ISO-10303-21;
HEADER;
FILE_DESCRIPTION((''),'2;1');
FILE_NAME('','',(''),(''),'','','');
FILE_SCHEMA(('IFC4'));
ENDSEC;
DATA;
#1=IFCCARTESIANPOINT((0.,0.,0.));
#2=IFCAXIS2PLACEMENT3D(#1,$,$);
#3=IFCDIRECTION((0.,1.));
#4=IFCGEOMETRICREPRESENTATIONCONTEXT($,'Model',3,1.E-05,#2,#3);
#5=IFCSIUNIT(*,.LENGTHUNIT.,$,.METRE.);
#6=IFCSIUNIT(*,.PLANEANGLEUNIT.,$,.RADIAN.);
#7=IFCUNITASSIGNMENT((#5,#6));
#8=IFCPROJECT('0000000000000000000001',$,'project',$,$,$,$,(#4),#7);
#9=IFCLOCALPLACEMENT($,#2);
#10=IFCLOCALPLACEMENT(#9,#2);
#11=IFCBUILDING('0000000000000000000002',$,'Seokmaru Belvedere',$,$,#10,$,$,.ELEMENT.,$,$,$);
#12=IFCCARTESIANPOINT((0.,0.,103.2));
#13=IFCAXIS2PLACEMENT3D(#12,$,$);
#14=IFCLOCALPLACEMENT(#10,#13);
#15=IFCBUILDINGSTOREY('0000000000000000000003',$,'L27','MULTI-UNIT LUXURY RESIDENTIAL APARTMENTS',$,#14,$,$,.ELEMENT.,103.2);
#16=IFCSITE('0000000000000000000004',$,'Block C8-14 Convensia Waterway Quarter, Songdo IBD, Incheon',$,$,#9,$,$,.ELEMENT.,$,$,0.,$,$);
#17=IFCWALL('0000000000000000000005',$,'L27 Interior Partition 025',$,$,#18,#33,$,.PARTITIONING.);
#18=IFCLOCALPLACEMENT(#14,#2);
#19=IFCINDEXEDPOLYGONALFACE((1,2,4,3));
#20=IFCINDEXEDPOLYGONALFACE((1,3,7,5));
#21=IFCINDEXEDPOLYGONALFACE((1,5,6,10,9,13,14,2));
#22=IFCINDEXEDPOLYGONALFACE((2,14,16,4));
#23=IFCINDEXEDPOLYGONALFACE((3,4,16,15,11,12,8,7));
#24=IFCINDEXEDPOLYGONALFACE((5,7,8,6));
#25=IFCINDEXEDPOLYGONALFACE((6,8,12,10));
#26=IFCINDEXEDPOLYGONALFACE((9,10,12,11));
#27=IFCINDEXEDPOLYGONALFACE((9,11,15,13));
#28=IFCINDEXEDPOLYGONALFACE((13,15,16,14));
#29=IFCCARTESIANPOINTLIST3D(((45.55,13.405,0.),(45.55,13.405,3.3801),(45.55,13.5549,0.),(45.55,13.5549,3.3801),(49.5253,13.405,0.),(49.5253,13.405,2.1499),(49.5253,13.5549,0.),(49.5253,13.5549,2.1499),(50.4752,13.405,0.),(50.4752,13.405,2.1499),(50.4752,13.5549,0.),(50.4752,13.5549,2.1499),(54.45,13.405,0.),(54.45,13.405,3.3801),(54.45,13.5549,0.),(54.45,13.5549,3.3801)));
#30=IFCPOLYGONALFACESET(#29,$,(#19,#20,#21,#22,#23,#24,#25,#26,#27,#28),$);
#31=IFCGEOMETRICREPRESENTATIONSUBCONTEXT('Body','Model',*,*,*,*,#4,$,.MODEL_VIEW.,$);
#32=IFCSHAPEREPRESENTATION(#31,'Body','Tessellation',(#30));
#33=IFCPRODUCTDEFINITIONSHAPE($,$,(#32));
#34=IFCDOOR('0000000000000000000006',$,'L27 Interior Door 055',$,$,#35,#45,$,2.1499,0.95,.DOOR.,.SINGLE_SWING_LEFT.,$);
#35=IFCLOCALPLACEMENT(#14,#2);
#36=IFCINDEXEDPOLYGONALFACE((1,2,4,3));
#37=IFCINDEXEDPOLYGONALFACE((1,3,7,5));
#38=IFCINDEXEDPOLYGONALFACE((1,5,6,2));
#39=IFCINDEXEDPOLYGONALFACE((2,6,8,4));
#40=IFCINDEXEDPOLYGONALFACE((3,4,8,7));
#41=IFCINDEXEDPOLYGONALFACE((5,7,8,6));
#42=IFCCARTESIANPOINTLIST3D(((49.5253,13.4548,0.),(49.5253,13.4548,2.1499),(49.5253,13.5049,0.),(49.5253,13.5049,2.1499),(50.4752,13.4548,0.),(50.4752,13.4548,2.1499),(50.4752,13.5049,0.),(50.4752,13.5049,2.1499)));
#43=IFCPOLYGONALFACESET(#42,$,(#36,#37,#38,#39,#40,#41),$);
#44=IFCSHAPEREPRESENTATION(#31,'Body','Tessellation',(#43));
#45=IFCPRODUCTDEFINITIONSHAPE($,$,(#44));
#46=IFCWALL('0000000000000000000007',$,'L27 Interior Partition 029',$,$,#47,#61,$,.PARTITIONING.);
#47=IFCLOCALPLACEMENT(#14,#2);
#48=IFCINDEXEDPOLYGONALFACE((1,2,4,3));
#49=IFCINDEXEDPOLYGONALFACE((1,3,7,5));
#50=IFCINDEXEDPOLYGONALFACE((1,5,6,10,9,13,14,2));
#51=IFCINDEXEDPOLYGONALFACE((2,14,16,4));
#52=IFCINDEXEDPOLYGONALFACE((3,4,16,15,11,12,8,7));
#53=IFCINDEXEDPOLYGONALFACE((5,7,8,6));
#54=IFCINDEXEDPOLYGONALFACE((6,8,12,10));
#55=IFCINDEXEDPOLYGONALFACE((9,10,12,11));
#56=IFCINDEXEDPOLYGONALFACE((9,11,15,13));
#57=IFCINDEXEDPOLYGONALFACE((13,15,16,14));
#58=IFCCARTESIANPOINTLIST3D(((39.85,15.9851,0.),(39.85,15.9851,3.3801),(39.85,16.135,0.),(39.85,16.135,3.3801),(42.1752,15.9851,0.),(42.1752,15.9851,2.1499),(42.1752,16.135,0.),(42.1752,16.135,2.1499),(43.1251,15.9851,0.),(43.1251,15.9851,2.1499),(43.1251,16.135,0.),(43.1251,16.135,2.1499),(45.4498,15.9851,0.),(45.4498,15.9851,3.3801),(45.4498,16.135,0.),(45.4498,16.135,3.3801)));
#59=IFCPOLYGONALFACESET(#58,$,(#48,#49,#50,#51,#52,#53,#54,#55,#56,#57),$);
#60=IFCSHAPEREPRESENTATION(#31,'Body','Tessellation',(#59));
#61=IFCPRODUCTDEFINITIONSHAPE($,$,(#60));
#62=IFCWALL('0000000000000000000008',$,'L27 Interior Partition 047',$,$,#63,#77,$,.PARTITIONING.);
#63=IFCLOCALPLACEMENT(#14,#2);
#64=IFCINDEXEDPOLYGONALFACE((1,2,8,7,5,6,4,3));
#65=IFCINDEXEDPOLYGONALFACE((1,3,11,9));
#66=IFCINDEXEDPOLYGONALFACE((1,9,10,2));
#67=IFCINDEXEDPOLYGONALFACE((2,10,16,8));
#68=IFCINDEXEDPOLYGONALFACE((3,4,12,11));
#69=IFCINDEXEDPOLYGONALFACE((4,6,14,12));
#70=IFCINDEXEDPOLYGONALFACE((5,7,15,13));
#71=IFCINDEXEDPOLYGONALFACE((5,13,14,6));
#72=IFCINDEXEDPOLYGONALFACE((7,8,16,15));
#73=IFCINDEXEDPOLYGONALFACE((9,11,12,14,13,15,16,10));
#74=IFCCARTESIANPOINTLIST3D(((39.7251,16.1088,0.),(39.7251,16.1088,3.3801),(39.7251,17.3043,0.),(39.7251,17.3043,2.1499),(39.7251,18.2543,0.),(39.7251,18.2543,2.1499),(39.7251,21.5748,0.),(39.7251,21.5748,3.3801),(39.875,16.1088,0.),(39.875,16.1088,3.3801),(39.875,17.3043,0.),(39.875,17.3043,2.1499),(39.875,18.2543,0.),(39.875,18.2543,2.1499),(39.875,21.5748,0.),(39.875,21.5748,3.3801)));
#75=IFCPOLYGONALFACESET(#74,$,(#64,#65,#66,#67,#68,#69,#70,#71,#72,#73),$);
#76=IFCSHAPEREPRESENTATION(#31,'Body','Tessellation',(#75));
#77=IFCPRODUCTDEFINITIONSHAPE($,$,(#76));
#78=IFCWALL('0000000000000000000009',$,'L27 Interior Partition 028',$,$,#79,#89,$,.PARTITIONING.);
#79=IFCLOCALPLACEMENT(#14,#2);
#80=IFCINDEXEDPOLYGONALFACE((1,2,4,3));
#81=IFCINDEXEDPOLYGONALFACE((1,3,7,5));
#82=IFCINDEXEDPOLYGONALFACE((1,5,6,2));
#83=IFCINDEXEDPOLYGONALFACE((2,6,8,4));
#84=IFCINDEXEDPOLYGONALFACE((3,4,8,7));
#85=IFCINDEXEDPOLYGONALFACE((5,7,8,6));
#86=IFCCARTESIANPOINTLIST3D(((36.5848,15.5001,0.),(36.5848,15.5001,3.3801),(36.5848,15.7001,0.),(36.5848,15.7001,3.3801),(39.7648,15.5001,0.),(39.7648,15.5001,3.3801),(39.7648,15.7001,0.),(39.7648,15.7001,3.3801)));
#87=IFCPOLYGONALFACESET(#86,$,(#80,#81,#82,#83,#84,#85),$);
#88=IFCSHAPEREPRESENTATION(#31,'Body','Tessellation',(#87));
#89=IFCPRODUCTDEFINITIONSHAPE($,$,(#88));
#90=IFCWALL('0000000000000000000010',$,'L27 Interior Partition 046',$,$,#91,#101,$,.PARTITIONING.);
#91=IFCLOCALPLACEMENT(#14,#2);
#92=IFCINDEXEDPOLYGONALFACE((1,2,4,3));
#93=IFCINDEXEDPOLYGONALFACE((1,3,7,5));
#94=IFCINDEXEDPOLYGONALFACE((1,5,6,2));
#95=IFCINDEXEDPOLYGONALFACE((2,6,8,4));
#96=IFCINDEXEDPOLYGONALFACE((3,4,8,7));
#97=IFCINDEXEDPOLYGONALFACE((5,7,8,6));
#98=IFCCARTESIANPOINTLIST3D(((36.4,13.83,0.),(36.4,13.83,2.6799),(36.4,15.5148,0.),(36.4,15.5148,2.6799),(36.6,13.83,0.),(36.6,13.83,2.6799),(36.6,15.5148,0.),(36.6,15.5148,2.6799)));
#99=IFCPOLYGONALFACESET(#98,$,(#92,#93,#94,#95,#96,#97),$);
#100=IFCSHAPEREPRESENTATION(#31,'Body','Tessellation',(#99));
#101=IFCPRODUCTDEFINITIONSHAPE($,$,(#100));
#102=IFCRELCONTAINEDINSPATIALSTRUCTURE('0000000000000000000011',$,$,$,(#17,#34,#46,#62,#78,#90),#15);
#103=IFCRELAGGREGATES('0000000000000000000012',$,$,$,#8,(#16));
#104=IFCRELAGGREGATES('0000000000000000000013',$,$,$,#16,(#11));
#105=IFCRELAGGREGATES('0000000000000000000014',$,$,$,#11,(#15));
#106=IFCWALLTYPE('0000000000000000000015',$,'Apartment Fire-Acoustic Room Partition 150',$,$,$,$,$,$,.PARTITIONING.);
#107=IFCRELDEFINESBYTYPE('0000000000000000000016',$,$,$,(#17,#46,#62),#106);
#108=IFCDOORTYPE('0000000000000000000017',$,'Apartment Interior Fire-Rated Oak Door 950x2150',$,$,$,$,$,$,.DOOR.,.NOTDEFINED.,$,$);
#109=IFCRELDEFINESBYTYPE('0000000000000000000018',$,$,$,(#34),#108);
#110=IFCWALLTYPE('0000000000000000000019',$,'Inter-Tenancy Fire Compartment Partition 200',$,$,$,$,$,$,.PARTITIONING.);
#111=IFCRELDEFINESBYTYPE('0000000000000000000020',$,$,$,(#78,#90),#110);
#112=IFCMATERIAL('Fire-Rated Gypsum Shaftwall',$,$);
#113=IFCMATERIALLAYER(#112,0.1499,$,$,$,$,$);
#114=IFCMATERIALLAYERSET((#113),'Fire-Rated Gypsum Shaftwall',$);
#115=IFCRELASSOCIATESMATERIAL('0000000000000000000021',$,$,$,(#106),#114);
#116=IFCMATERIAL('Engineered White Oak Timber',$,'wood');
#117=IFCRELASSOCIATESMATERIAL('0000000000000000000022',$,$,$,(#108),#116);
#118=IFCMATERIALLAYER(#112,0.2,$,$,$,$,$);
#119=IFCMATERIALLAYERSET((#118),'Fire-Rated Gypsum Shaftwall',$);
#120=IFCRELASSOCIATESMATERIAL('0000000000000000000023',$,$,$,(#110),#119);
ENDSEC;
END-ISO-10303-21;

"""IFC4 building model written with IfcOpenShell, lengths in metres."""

from ifc_helpers import new_model, si_unit, direction, frame, frame_2d, origin, place, context, subcontext, project, spatial, rectangle, extrude, source, transform, mapped, material, layer, layer_set, type_object, type_shapes, element, fill, save


model = new_model("IFC4")

# Units and contexts
model_context = context("Model", 3, precision=1e-05, world=origin(), true_north=direction((0.0, 1.0)))
body_context = subcontext(model_context, "Body", "Model", "MODEL_VIEW")
ifc_project = project(units=[si_unit("LENGTHUNIT", "METRE"), si_unit("PLANEANGLEUNIT", "RADIAN")], contexts=[model_context])

# Site, building, storey
site_placement = place(None, origin())
site = spatial("IfcSite", under=ifc_project, at=site_placement, Name="Block C8-14 Convensia Waterway Quarter, Songdo IBD, Incheon", CompositionType="ELEMENT", RefElevation=0.0)
building_placement = place(site_placement, origin())
building = spatial("IfcBuilding", under=site, at=building_placement, Name="Seokmaru Belvedere", CompositionType="ELEMENT")
storey_placement = place(building_placement, frame((0.0, 0.0, 103.2)))
storey = spatial("IfcBuildingStorey", under=building, at=storey_placement, Name="L27", Description="MULTI-UNIT LUXURY RESIDENTIAL APARTMENTS", CompositionType="ELEMENT", Elevation=103.2)

# Shared definitions
ifc_material_1 = material(Name="Fire-Rated Gypsum Shaftwall")
ifc_layer_1 = layer(ifc_material_1, 0.1499)
ifc_layer_set_1 = layer_set([ifc_layer_1], Name="Fire-Rated Gypsum Shaftwall")
wall_type_1 = type_object("IfcWallType", Name="Apartment Fire-Acoustic Room Partition 150", PredefinedType="PARTITIONING", material=ifc_layer_set_1)

# Wall, opening, door
wall_1_placement = place(storey_placement, frame((45.55, 13.48, 0.0), z_axis=(0.0, 0.0, 1.0), x_axis=(1.0, 0.0, 0.0)))
wall_1 = element("IfcWall", 1, at=wall_1_placement, inside=storey, type_object=wall_type_1, Name="L27 Interior Partition 025", PredefinedType="PARTITIONING", context=body_context, shape_type="SweptSolid", body=[
    extrude(rectangle(XDim=8.8999, YDim=0.1499, at=frame_2d((4.45, 0.0))), origin(), (0.0, 0.0, 1.0), 3.3801),
])
opening_1_placement = place(wall_1_placement, frame((3.9751, 0.0, 0.0)))
opening_1 = element("IfcOpeningElement", 2, at=opening_1_placement, cuts=wall_1, PredefinedType="OPENING", context=body_context, shape_type="SweptSolid", body=[
    extrude(rectangle(XDim=0.95, YDim=2.1499, at=frame_2d((0.4751, 1.075))), frame((0.0, 0.085, 0.0), z_axis=(0.0, -1.0, 0.0), x_axis=(1.0, 0.0, 0.0)), (0.0, 0.0, 1.0), 0.1699),
])
ifc_material_2 = material(Name="Engineered White Oak Timber", Category="wood")
door_type_1 = type_object("IfcDoorType", Name="Apartment Interior Fire-Rated Oak Door 950x2150", OperationType="NOTDEFINED", PredefinedType="DOOR", material=ifc_material_2)
shared_shape_1 = source(origin(), body_context, "Body", "SweptSolid", [
    extrude(rectangle(XDim=0.95, YDim=2.1499, at=frame_2d((0.4751, 1.075))), frame((0.0, 0.0249, 0.0), z_axis=(0.0, -1.0, 0.0), x_axis=(1.0, 0.0, 0.0)), (0.0, 0.0, 1.0), 0.05),
])
type_shapes(door_type_1, [shared_shape_1])
door_1_placement = place(opening_1_placement, origin())
door_1 = element("IfcDoor", 3, at=door_1_placement, inside=storey, type_object=door_type_1, Name="L27 Interior Door 055", OperationType="SINGLE_SWING_LEFT", OverallHeight=2.1499, OverallWidth=0.95, PredefinedType="DOOR", context=body_context, shape_type="MappedRepresentation", body=[
    mapped(shared_shape_1, transform((0.0, 0.0, 0.0), scale=1.0)),
])
fill(opening_1, door_1)

# Walls, openings
wall_2_placement = place(storey_placement, frame((39.8501, 16.0601, 0.0), z_axis=(0.0, 0.0, 1.0), x_axis=(1.0, 0.0, 0.0)))
wall_2 = element("IfcWall", 4, at=wall_2_placement, inside=storey, type_object=wall_type_1, Name="L27 Interior Partition 029", PredefinedType="PARTITIONING", context=body_context, shape_type="SweptSolid", body=[
    extrude(rectangle(XDim=5.5999, YDim=0.1499, at=frame_2d((2.7998, 0.0))), origin(), (0.0, 0.0, 1.0), 3.3801),
])
opening_2_placement = place(wall_2_placement, frame((2.325, 0.0, 0.0)))
element("IfcOpeningElement", 5, at=opening_2_placement, cuts=wall_2, PredefinedType="OPENING", context=body_context, shape_type="SweptSolid", body=[
    extrude(rectangle(XDim=0.95, YDim=2.1499, at=frame_2d((0.4751, 1.075))), frame((0.0, 0.085, 0.0), z_axis=(0.0, -1.0, 0.0), x_axis=(1.0, 0.0, 0.0)), (0.0, 0.0, 1.0), 0.1699),
])
wall_3_placement = place(storey_placement, frame((39.8, 16.1089, 0.0), z_axis=(0.0, 0.0, 1.0), x_axis=(0.0, 1.0, 0.0)))
wall_3 = element("IfcWall", 6, at=wall_3_placement, inside=storey, type_object=wall_type_1, Name="L27 Interior Partition 047", PredefinedType="PARTITIONING", context=body_context, shape_type="SweptSolid", body=[
    extrude(rectangle(XDim=5.4661, YDim=0.1499, at=frame_2d((2.7329, 0.0))), origin(), (0.0, 0.0, 1.0), 3.3801),
])
opening_3_placement = place(wall_3_placement, frame((1.1953, 0.0, 0.0)))
element("IfcOpeningElement", 7, at=opening_3_placement, cuts=wall_3, PredefinedType="OPENING", context=body_context, shape_type="SweptSolid", body=[
    extrude(rectangle(XDim=0.95, YDim=2.1499, at=frame_2d((0.4751, 1.075))), frame((0.0, 0.085, 0.0), z_axis=(0.0, -1.0, 0.0), x_axis=(1.0, 0.0, 0.0)), (0.0, 0.0, 1.0), 0.1699),
])

# Walls
ifc_layer_2 = layer(ifc_material_1, 0.2)
ifc_layer_set_2 = layer_set([ifc_layer_2], Name="Fire-Rated Gypsum Shaftwall")
wall_type_2 = type_object("IfcWallType", Name="Inter-Tenancy Fire Compartment Partition 200", PredefinedType="PARTITIONING", material=ifc_layer_set_2)
wall_4_placement = place(storey_placement, frame((36.585, 15.6001, 0.0), z_axis=(0.0, 0.0, 1.0), x_axis=(1.0, 0.0, 0.0)))
element("IfcWall", 8, at=wall_4_placement, inside=storey, type_object=wall_type_2, Name="L27 Interior Partition 028", PredefinedType="PARTITIONING", context=body_context, shape_type="SweptSolid", body=[
    extrude(rectangle(XDim=3.1799, YDim=0.2, at=frame_2d((1.5898, 0.0))), origin(), (0.0, 0.0, 1.0), 3.3801),
])
wall_5_placement = place(storey_placement, frame((36.5, 13.8301, 0.0), z_axis=(0.0, 0.0, 1.0), x_axis=(0.0, 1.0, 0.0)))
element("IfcWall", 9, at=wall_5_placement, inside=storey, type_object=wall_type_2, Name="L27 Interior Partition 046", PredefinedType="PARTITIONING", context=body_context, shape_type="SweptSolid", body=[
    extrude(rectangle(XDim=1.6848, YDim=0.2, at=frame_2d((0.8423, 0.0))), origin(), (0.0, 0.0, 1.0), 2.6799),
])

save(model, "model.ifc")
